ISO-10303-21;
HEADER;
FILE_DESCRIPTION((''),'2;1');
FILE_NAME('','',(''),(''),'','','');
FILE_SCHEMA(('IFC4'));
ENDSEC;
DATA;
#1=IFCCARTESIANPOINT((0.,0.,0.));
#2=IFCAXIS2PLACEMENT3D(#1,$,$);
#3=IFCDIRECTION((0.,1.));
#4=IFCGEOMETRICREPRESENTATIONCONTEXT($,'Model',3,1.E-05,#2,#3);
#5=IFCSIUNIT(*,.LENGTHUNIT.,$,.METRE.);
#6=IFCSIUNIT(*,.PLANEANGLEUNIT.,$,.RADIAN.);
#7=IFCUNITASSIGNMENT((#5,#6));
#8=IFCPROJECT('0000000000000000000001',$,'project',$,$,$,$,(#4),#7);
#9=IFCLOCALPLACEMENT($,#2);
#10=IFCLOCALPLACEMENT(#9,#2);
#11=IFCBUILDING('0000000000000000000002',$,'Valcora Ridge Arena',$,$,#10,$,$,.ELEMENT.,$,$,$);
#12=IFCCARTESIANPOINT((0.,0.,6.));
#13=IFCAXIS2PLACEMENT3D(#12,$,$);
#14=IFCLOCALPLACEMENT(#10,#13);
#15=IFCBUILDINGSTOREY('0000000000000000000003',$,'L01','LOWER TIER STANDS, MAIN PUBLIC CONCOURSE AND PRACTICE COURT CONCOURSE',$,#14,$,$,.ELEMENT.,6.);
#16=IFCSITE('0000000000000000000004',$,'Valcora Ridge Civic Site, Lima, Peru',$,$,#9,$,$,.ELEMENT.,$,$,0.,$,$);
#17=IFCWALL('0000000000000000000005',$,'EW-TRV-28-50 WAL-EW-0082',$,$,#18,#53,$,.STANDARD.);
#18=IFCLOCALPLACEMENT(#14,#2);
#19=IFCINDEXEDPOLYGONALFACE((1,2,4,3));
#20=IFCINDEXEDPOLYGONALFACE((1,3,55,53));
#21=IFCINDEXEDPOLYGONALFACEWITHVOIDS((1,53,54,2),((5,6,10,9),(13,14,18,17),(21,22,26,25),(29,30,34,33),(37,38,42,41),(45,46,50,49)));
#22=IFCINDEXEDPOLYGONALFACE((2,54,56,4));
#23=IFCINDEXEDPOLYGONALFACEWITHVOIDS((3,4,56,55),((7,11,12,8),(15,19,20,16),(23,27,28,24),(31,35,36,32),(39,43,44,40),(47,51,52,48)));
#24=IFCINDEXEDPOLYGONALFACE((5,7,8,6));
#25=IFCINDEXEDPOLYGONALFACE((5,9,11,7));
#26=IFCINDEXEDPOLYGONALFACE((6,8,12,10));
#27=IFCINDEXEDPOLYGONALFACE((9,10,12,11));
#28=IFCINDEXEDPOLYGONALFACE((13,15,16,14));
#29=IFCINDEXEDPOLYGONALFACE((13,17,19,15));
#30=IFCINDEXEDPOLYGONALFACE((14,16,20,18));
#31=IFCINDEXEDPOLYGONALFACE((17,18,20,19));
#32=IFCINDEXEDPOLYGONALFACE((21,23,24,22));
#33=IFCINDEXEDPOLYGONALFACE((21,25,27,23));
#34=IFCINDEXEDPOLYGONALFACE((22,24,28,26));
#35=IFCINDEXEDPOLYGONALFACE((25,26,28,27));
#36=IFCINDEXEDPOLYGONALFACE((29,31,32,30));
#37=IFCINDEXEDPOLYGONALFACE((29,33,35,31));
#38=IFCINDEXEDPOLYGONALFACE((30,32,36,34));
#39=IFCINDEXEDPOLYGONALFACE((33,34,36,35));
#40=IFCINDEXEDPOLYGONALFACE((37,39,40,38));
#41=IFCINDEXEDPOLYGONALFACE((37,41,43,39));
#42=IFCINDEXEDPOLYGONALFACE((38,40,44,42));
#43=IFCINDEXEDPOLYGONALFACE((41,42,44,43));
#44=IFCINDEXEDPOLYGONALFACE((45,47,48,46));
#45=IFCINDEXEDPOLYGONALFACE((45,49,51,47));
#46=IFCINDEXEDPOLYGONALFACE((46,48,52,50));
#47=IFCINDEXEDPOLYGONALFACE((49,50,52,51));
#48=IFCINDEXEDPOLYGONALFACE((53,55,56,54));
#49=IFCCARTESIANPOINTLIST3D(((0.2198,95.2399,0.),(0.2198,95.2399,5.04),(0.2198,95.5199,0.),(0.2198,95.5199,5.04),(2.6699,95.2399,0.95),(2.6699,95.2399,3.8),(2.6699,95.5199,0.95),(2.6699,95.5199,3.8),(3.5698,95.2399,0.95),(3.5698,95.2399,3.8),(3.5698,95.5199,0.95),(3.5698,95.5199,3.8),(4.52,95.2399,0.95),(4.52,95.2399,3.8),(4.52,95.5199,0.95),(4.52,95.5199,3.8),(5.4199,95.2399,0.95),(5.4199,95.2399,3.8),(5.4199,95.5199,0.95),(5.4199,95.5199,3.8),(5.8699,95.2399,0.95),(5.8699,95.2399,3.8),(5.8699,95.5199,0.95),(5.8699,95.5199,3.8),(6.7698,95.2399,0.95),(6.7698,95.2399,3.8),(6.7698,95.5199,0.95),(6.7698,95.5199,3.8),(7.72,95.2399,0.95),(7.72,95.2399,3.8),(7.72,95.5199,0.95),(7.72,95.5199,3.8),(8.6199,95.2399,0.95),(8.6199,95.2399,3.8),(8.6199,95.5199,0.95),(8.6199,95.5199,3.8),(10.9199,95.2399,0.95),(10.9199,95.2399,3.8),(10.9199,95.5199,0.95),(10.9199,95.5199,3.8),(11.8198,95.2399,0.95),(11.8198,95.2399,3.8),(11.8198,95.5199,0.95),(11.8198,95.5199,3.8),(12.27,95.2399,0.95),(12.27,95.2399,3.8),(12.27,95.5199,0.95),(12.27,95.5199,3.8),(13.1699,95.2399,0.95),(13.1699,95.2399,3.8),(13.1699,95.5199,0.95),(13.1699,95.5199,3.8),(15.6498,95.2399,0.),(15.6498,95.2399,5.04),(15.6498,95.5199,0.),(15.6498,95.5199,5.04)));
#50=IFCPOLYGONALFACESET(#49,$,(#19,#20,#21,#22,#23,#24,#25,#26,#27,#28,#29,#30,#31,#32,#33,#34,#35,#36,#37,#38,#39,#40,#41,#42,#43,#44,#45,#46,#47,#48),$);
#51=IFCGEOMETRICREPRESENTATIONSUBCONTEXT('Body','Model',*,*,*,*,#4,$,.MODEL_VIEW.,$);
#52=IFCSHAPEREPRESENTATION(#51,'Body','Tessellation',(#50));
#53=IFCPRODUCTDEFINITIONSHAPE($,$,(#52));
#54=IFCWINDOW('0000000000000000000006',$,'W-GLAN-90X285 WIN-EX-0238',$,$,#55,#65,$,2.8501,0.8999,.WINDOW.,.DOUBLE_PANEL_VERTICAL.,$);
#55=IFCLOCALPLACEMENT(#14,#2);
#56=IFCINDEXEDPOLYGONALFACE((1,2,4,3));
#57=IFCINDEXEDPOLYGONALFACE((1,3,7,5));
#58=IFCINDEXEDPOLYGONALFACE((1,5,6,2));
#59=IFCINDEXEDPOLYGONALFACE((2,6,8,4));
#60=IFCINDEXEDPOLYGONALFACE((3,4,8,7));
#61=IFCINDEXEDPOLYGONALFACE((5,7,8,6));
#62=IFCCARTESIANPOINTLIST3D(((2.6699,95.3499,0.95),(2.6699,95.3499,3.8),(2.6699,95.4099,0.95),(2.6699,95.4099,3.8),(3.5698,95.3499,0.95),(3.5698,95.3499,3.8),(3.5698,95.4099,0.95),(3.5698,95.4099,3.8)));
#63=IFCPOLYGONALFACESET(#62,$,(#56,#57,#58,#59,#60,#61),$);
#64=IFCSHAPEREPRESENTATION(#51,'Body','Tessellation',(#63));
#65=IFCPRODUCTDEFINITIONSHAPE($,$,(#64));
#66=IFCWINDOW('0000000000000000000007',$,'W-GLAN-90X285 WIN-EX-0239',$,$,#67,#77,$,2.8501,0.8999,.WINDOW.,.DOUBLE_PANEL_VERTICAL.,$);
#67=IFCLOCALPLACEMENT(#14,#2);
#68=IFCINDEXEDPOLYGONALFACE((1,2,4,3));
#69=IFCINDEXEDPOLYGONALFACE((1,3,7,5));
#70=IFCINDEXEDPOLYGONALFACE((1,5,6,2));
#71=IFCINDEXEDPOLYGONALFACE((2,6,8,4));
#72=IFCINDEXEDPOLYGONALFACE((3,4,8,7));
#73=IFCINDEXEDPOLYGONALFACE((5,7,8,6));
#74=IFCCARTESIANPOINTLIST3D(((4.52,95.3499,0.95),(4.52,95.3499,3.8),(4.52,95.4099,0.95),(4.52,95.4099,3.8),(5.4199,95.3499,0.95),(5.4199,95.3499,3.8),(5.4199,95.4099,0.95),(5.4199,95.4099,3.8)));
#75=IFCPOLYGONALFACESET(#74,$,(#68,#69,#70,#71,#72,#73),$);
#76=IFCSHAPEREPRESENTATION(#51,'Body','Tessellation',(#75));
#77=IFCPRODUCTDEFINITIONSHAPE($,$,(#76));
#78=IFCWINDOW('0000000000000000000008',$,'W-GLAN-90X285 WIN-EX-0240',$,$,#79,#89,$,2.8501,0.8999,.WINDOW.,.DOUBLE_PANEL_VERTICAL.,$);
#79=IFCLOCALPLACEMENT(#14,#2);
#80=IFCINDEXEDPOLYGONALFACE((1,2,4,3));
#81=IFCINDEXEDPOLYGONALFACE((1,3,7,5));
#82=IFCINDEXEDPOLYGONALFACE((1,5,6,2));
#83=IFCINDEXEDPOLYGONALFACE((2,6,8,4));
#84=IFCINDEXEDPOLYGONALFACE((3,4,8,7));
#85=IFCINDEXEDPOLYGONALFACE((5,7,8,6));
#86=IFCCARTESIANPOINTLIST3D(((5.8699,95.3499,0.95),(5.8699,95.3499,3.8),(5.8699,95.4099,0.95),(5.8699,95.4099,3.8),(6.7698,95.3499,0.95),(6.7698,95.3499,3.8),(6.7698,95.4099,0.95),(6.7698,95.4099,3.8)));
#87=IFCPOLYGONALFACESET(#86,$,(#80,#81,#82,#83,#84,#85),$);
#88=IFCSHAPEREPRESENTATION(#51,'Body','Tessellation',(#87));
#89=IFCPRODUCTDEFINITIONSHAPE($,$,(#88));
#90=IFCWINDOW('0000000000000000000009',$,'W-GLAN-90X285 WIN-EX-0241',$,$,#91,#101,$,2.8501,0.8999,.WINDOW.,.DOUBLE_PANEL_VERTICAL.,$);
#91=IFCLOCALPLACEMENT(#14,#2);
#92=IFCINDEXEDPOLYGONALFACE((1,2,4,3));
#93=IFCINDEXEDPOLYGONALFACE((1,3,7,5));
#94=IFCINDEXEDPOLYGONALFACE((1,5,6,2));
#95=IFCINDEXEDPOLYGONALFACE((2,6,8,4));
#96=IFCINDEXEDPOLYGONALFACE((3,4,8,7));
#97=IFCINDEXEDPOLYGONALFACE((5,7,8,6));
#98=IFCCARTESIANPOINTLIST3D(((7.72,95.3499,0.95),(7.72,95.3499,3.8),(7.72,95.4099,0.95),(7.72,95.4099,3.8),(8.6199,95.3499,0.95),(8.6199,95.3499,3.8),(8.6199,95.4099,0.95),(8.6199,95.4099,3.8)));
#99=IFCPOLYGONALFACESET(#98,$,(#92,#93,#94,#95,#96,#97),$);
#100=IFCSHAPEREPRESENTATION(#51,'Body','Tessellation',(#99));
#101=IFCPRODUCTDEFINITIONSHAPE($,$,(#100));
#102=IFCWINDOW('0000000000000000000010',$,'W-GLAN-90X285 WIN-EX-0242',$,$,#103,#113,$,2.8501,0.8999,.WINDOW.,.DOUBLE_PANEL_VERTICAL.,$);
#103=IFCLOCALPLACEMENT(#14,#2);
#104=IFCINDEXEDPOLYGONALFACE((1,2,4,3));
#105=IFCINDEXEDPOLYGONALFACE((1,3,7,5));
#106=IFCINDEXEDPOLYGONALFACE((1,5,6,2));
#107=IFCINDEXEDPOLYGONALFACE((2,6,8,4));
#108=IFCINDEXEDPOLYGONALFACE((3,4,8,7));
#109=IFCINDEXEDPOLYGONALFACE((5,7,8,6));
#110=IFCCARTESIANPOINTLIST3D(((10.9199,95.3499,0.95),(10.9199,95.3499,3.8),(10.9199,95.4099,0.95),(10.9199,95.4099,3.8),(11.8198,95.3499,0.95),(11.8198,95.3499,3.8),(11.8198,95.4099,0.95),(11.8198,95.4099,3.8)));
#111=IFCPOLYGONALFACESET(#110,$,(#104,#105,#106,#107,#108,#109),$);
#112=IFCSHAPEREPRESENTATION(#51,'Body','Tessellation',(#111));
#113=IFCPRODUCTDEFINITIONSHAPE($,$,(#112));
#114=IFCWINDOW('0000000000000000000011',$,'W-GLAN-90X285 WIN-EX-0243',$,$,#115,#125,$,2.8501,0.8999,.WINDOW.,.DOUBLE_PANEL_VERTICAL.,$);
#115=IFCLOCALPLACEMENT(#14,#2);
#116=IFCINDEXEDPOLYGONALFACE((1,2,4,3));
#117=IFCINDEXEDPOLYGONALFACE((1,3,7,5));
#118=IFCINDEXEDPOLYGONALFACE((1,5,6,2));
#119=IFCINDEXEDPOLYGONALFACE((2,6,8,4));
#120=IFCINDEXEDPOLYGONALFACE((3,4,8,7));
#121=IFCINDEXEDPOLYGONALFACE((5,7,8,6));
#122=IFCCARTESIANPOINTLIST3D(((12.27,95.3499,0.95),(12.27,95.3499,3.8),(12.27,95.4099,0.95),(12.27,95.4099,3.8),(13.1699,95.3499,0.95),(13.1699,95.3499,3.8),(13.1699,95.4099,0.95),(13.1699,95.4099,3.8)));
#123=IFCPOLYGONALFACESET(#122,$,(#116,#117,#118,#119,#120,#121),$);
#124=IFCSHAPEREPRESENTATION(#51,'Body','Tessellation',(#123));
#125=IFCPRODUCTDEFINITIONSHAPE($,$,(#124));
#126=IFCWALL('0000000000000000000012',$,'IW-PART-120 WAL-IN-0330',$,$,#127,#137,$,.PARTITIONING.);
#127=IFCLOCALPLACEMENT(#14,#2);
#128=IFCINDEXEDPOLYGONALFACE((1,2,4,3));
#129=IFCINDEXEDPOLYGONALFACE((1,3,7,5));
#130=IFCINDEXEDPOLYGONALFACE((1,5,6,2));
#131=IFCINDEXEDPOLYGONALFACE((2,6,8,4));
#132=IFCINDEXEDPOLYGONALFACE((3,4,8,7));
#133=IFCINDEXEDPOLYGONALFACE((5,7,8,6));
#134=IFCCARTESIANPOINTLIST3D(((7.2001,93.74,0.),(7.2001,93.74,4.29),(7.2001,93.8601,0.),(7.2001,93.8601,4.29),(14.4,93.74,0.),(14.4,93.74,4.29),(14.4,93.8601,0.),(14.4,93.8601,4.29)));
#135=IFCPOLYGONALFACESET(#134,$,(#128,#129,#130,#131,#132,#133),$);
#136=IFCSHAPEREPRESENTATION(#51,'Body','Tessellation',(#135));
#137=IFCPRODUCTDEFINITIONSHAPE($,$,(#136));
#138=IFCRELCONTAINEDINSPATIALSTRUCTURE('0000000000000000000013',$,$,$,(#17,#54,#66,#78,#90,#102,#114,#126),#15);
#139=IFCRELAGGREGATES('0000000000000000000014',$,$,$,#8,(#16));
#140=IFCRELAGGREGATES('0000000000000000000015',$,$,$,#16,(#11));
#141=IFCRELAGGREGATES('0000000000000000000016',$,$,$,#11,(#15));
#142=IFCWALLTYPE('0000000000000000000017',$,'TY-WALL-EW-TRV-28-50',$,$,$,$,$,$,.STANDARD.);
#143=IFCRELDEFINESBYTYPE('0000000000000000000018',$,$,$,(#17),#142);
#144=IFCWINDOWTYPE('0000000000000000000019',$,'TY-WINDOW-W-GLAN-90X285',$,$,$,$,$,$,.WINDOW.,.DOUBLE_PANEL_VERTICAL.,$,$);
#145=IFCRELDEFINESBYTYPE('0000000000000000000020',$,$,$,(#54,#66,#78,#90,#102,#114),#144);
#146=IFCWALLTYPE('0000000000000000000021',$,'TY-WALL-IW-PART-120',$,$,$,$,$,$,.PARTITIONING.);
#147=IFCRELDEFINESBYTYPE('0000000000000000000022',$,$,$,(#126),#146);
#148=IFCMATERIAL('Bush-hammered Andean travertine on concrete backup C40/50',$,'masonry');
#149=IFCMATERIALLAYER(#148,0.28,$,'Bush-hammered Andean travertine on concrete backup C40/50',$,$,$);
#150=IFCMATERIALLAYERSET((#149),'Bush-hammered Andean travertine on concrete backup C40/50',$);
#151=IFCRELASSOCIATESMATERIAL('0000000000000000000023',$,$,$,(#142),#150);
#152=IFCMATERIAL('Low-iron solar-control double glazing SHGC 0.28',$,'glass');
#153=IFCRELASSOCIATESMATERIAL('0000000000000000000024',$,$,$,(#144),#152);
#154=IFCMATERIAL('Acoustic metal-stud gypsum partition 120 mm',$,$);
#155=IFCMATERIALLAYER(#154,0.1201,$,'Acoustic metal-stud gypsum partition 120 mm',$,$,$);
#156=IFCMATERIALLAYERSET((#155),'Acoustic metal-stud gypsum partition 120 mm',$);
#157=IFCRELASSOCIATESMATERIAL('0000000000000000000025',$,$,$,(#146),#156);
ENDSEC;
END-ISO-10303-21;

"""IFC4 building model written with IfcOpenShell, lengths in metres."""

from ifc_helpers import new_model, si_unit, direction, frame, frame_2d, origin, place, context, subcontext, project, spatial, rectangle, extrude, material, layer, layer_set, type_object, element, fill, save


model = new_model("IFC4")

# Units and contexts
model_context = context("Model", 3, precision=1e-05, world=origin(), true_north=direction((0.0, 1.0)))
body_context = subcontext(model_context, "Body", "Model", "MODEL_VIEW")
ifc_project = project(units=[si_unit("LENGTHUNIT", "METRE"), si_unit("PLANEANGLEUNIT", "RADIAN")], contexts=[model_context])

# Site, building, storey
site_placement = place(None, origin())
site = spatial("IfcSite", under=ifc_project, at=site_placement, Name="Valcora Ridge Civic Site, Lima, Peru", CompositionType="ELEMENT", RefElevation=0.0)
building_placement = place(site_placement, origin())
building = spatial("IfcBuilding", under=site, at=building_placement, Name="Valcora Ridge Arena", CompositionType="ELEMENT")
storey_placement = place(building_placement, frame((0.0, 0.0, 6.0)))
storey = spatial("IfcBuildingStorey", under=building, at=storey_placement, Name="L01", Description="LOWER TIER STANDS, MAIN PUBLIC CONCOURSE AND PRACTICE COURT CONCOURSE", CompositionType="ELEMENT", Elevation=6.0)

# Shared definitions
ifc_material_1 = material(Name="Low-iron solar-control double glazing SHGC 0.28", Category="glass")

# Wall, openings, windows
ifc_material_2 = material(Name="Bush-hammered Andean travertine on concrete backup C40/50", Category="masonry")
ifc_layer_1 = layer(ifc_material_2, 0.28, Name="Bush-hammered Andean travertine on concrete backup C40/50")
ifc_layer_set_1 = layer_set([ifc_layer_1], Name="Bush-hammered Andean travertine on concrete backup C40/50")
wall_type_1 = type_object("IfcWallType", Name="TY-WALL-EW-TRV-28-50", PredefinedType="STANDARD", material=ifc_layer_set_1)
wall_1_placement = place(storey_placement, frame((0.22, 95.3799, 0.0), z_axis=(0.0, 0.0, 1.0), x_axis=(1.0, 0.0, 0.0)))
wall_1 = element("IfcWall", 1, at=wall_1_placement, inside=storey, type_object=wall_type_1, Name="EW-TRV-28-50 WAL-EW-0082", PredefinedType="STANDARD", context=body_context, shape_type="SweptSolid", body=[
    extrude(rectangle(XDim=15.4299, YDim=0.28, at=frame_2d((7.7148, 0.0))), origin(), (0.0, 0.0, 1.0), 5.04),
])
opening_1_placement = place(wall_1_placement, frame((2.45, 0.0, 0.95)))
opening_1 = element("IfcOpeningElement", 2, at=opening_1_placement, cuts=wall_1, PredefinedType="OPENING", context=body_context, shape_type="SweptSolid", body=[
    extrude(rectangle(XDim=0.8999, YDim=2.8501, at=frame_2d((0.45, 1.425))), frame((0.0, 0.1499, 0.0), z_axis=(0.0, -1.0, 0.0), x_axis=(1.0, 0.0, 0.0)), (0.0, 0.0, 1.0), 0.3),
])
opening_2_placement = place(wall_1_placement, frame((4.3, 0.0, 0.95)))
opening_2 = element("IfcOpeningElement", 3, at=opening_2_placement, cuts=wall_1, PredefinedType="OPENING", context=body_context, shape_type="SweptSolid", body=[
    extrude(rectangle(XDim=0.8999, YDim=2.8501, at=frame_2d((0.45, 1.425))), frame((0.0, 0.1499, 0.0), z_axis=(0.0, -1.0, 0.0), x_axis=(1.0, 0.0, 0.0)), (0.0, 0.0, 1.0), 0.3),
])
opening_3_placement = place(wall_1_placement, frame((5.6499, 0.0, 0.95)))
opening_3 = element("IfcOpeningElement", 4, at=opening_3_placement, cuts=wall_1, PredefinedType="OPENING", context=body_context, shape_type="SweptSolid", body=[
    extrude(rectangle(XDim=0.8999, YDim=2.8501, at=frame_2d((0.45, 1.425))), frame((0.0, 0.1499, 0.0), z_axis=(0.0, -1.0, 0.0), x_axis=(1.0, 0.0, 0.0)), (0.0, 0.0, 1.0), 0.3),
])
opening_4_placement = place(wall_1_placement, frame((7.5, 0.0, 0.95)))
opening_4 = element("IfcOpeningElement", 5, at=opening_4_placement, cuts=wall_1, PredefinedType="OPENING", context=body_context, shape_type="SweptSolid", body=[
    extrude(rectangle(XDim=0.8999, YDim=2.8501, at=frame_2d((0.45, 1.425))), frame((0.0, 0.1499, 0.0), z_axis=(0.0, -1.0, 0.0), x_axis=(1.0, 0.0, 0.0)), (0.0, 0.0, 1.0), 0.3),
])
opening_5_placement = place(wall_1_placement, frame((10.7, 0.0, 0.95)))
opening_5 = element("IfcOpeningElement", 6, at=opening_5_placement, cuts=wall_1, PredefinedType="OPENING", context=body_context, shape_type="SweptSolid", body=[
    extrude(rectangle(XDim=0.8999, YDim=2.8501, at=frame_2d((0.45, 1.425))), frame((0.0, 0.1499, 0.0), z_axis=(0.0, -1.0, 0.0), x_axis=(1.0, 0.0, 0.0)), (0.0, 0.0, 1.0), 0.3),
])
opening_6_placement = place(wall_1_placement, frame((12.05, 0.0, 0.95)))
opening_6 = element("IfcOpeningElement", 7, at=opening_6_placement, cuts=wall_1, PredefinedType="OPENING", context=body_context, shape_type="SweptSolid", body=[
    extrude(rectangle(XDim=0.8999, YDim=2.8501, at=frame_2d((0.45, 1.425))), frame((0.0, 0.1499, 0.0), z_axis=(0.0, -1.0, 0.0), x_axis=(1.0, 0.0, 0.0)), (0.0, 0.0, 1.0), 0.3),
])
window_type = type_object("IfcWindowType", Name="TY-WINDOW-W-GLAN-90X285", PartitioningType="DOUBLE_PANEL_VERTICAL", PredefinedType="WINDOW", material=ifc_material_1)
window_1_placement = place(opening_1_placement, origin())
window_1 = element("IfcWindow", 8, at=window_1_placement, inside=storey, type_object=window_type, Name="W-GLAN-90X285 WIN-EX-0238", OverallHeight=2.8501, OverallWidth=0.8999, PartitioningType="DOUBLE_PANEL_VERTICAL", PredefinedType="WINDOW", context=body_context, shape_type="SweptSolid", body=[
    extrude(rectangle(XDim=0.8999, YDim=2.8501, at=frame_2d((0.45, 1.425))), frame((0.0, 0.03, 0.0), z_axis=(0.0, -1.0, 0.0), x_axis=(1.0, 0.0, 0.0)), (0.0, 0.0, 1.0), 0.0601),
])
fill(opening_1, window_1)
window_2_placement = place(opening_2_placement, origin())
window_2 = element("IfcWindow", 9, at=window_2_placement, inside=storey, type_object=window_type, Name="W-GLAN-90X285 WIN-EX-0239", OverallHeight=2.8501, OverallWidth=0.8999, PartitioningType="DOUBLE_PANEL_VERTICAL", PredefinedType="WINDOW", context=body_context, shape_type="SweptSolid", body=[
    extrude(rectangle(XDim=0.8999, YDim=2.8501, at=frame_2d((0.45, 1.425))), frame((0.0, 0.03, 0.0), z_axis=(0.0, -1.0, 0.0), x_axis=(1.0, 0.0, 0.0)), (0.0, 0.0, 1.0), 0.0601),
])
fill(opening_2, window_2)
window_3_placement = place(opening_3_placement, origin())
window_3 = element("IfcWindow", 10, at=window_3_placement, inside=storey, type_object=window_type, Name="W-GLAN-90X285 WIN-EX-0240", OverallHeight=2.8501, OverallWidth=0.8999, PartitioningType="DOUBLE_PANEL_VERTICAL", PredefinedType="WINDOW", context=body_context, shape_type="SweptSolid", body=[
    extrude(rectangle(XDim=0.8999, YDim=2.8501, at=frame_2d((0.45, 1.425))), frame((0.0, 0.03, 0.0), z_axis=(0.0, -1.0, 0.0), x_axis=(1.0, 0.0, 0.0)), (0.0, 0.0, 1.0), 0.0601),
])
fill(opening_3, window_3)
window_4_placement = place(opening_4_placement, origin())
window_4 = element("IfcWindow", 11, at=window_4_placement, inside=storey, type_object=window_type, Name="W-GLAN-90X285 WIN-EX-0241", OverallHeight=2.8501, OverallWidth=0.8999, PartitioningType="DOUBLE_PANEL_VERTICAL", PredefinedType="WINDOW", context=body_context, shape_type="SweptSolid", body=[
    extrude(rectangle(XDim=0.8999, YDim=2.8501, at=frame_2d((0.45, 1.425))), frame((0.0, 0.03, 0.0), z_axis=(0.0, -1.0, 0.0), x_axis=(1.0, 0.0, 0.0)), (0.0, 0.0, 1.0), 0.0601),
])
fill(opening_4, window_4)
window_5_placement = place(opening_5_placement, origin())
window_5 = element("IfcWindow", 12, at=window_5_placement, inside=storey, type_object=window_type, Name="W-GLAN-90X285 WIN-EX-0242", OverallHeight=2.8501, OverallWidth=0.8999, PartitioningType="DOUBLE_PANEL_VERTICAL", PredefinedType="WINDOW", context=body_context, shape_type="SweptSolid", body=[
    extrude(rectangle(XDim=0.8999, YDim=2.8501, at=frame_2d((0.45, 1.425))), frame((0.0, 0.03, 0.0), z_axis=(0.0, -1.0, 0.0), x_axis=(1.0, 0.0, 0.0)), (0.0, 0.0, 1.0), 0.0601),
])
fill(opening_5, window_5)
window_6_placement = place(opening_6_placement, origin())
window_6 = element("IfcWindow", 13, at=window_6_placement, inside=storey, type_object=window_type, Name="W-GLAN-90X285 WIN-EX-0243", OverallHeight=2.8501, OverallWidth=0.8999, PartitioningType="DOUBLE_PANEL_VERTICAL", PredefinedType="WINDOW", context=body_context, shape_type="SweptSolid", body=[
    extrude(rectangle(XDim=0.8999, YDim=2.8501, at=frame_2d((0.45, 1.425))), frame((0.0, 0.03, 0.0), z_axis=(0.0, -1.0, 0.0), x_axis=(1.0, 0.0, 0.0)), (0.0, 0.0, 1.0), 0.0601),
])
fill(opening_6, window_6)

# Wall
ifc_material_3 = material(Name="Acoustic metal-stud gypsum partition 120 mm")
ifc_layer_2 = layer(ifc_material_3, 0.1201, Name="Acoustic metal-stud gypsum partition 120 mm")
ifc_layer_set_2 = layer_set([ifc_layer_2], Name="Acoustic metal-stud gypsum partition 120 mm")
wall_type_2 = type_object("IfcWallType", Name="TY-WALL-IW-PART-120", PredefinedType="PARTITIONING", material=ifc_layer_set_2)
wall_2_placement = place(storey_placement, frame((7.2, 93.8, 0.0), z_axis=(0.0, 0.0, 1.0), x_axis=(1.0, 0.0, 0.0)))
element("IfcWall", 14, at=wall_2_placement, inside=storey, type_object=wall_type_2, Name="IW-PART-120 WAL-IN-0330", PredefinedType="PARTITIONING", context=body_context, shape_type="SweptSolid", body=[
    extrude(rectangle(XDim=7.2, YDim=0.1201, at=frame_2d((3.6001, 0.0))), origin(), (0.0, 0.0, 1.0), 4.29),
])

save(model, "model.ifc")
